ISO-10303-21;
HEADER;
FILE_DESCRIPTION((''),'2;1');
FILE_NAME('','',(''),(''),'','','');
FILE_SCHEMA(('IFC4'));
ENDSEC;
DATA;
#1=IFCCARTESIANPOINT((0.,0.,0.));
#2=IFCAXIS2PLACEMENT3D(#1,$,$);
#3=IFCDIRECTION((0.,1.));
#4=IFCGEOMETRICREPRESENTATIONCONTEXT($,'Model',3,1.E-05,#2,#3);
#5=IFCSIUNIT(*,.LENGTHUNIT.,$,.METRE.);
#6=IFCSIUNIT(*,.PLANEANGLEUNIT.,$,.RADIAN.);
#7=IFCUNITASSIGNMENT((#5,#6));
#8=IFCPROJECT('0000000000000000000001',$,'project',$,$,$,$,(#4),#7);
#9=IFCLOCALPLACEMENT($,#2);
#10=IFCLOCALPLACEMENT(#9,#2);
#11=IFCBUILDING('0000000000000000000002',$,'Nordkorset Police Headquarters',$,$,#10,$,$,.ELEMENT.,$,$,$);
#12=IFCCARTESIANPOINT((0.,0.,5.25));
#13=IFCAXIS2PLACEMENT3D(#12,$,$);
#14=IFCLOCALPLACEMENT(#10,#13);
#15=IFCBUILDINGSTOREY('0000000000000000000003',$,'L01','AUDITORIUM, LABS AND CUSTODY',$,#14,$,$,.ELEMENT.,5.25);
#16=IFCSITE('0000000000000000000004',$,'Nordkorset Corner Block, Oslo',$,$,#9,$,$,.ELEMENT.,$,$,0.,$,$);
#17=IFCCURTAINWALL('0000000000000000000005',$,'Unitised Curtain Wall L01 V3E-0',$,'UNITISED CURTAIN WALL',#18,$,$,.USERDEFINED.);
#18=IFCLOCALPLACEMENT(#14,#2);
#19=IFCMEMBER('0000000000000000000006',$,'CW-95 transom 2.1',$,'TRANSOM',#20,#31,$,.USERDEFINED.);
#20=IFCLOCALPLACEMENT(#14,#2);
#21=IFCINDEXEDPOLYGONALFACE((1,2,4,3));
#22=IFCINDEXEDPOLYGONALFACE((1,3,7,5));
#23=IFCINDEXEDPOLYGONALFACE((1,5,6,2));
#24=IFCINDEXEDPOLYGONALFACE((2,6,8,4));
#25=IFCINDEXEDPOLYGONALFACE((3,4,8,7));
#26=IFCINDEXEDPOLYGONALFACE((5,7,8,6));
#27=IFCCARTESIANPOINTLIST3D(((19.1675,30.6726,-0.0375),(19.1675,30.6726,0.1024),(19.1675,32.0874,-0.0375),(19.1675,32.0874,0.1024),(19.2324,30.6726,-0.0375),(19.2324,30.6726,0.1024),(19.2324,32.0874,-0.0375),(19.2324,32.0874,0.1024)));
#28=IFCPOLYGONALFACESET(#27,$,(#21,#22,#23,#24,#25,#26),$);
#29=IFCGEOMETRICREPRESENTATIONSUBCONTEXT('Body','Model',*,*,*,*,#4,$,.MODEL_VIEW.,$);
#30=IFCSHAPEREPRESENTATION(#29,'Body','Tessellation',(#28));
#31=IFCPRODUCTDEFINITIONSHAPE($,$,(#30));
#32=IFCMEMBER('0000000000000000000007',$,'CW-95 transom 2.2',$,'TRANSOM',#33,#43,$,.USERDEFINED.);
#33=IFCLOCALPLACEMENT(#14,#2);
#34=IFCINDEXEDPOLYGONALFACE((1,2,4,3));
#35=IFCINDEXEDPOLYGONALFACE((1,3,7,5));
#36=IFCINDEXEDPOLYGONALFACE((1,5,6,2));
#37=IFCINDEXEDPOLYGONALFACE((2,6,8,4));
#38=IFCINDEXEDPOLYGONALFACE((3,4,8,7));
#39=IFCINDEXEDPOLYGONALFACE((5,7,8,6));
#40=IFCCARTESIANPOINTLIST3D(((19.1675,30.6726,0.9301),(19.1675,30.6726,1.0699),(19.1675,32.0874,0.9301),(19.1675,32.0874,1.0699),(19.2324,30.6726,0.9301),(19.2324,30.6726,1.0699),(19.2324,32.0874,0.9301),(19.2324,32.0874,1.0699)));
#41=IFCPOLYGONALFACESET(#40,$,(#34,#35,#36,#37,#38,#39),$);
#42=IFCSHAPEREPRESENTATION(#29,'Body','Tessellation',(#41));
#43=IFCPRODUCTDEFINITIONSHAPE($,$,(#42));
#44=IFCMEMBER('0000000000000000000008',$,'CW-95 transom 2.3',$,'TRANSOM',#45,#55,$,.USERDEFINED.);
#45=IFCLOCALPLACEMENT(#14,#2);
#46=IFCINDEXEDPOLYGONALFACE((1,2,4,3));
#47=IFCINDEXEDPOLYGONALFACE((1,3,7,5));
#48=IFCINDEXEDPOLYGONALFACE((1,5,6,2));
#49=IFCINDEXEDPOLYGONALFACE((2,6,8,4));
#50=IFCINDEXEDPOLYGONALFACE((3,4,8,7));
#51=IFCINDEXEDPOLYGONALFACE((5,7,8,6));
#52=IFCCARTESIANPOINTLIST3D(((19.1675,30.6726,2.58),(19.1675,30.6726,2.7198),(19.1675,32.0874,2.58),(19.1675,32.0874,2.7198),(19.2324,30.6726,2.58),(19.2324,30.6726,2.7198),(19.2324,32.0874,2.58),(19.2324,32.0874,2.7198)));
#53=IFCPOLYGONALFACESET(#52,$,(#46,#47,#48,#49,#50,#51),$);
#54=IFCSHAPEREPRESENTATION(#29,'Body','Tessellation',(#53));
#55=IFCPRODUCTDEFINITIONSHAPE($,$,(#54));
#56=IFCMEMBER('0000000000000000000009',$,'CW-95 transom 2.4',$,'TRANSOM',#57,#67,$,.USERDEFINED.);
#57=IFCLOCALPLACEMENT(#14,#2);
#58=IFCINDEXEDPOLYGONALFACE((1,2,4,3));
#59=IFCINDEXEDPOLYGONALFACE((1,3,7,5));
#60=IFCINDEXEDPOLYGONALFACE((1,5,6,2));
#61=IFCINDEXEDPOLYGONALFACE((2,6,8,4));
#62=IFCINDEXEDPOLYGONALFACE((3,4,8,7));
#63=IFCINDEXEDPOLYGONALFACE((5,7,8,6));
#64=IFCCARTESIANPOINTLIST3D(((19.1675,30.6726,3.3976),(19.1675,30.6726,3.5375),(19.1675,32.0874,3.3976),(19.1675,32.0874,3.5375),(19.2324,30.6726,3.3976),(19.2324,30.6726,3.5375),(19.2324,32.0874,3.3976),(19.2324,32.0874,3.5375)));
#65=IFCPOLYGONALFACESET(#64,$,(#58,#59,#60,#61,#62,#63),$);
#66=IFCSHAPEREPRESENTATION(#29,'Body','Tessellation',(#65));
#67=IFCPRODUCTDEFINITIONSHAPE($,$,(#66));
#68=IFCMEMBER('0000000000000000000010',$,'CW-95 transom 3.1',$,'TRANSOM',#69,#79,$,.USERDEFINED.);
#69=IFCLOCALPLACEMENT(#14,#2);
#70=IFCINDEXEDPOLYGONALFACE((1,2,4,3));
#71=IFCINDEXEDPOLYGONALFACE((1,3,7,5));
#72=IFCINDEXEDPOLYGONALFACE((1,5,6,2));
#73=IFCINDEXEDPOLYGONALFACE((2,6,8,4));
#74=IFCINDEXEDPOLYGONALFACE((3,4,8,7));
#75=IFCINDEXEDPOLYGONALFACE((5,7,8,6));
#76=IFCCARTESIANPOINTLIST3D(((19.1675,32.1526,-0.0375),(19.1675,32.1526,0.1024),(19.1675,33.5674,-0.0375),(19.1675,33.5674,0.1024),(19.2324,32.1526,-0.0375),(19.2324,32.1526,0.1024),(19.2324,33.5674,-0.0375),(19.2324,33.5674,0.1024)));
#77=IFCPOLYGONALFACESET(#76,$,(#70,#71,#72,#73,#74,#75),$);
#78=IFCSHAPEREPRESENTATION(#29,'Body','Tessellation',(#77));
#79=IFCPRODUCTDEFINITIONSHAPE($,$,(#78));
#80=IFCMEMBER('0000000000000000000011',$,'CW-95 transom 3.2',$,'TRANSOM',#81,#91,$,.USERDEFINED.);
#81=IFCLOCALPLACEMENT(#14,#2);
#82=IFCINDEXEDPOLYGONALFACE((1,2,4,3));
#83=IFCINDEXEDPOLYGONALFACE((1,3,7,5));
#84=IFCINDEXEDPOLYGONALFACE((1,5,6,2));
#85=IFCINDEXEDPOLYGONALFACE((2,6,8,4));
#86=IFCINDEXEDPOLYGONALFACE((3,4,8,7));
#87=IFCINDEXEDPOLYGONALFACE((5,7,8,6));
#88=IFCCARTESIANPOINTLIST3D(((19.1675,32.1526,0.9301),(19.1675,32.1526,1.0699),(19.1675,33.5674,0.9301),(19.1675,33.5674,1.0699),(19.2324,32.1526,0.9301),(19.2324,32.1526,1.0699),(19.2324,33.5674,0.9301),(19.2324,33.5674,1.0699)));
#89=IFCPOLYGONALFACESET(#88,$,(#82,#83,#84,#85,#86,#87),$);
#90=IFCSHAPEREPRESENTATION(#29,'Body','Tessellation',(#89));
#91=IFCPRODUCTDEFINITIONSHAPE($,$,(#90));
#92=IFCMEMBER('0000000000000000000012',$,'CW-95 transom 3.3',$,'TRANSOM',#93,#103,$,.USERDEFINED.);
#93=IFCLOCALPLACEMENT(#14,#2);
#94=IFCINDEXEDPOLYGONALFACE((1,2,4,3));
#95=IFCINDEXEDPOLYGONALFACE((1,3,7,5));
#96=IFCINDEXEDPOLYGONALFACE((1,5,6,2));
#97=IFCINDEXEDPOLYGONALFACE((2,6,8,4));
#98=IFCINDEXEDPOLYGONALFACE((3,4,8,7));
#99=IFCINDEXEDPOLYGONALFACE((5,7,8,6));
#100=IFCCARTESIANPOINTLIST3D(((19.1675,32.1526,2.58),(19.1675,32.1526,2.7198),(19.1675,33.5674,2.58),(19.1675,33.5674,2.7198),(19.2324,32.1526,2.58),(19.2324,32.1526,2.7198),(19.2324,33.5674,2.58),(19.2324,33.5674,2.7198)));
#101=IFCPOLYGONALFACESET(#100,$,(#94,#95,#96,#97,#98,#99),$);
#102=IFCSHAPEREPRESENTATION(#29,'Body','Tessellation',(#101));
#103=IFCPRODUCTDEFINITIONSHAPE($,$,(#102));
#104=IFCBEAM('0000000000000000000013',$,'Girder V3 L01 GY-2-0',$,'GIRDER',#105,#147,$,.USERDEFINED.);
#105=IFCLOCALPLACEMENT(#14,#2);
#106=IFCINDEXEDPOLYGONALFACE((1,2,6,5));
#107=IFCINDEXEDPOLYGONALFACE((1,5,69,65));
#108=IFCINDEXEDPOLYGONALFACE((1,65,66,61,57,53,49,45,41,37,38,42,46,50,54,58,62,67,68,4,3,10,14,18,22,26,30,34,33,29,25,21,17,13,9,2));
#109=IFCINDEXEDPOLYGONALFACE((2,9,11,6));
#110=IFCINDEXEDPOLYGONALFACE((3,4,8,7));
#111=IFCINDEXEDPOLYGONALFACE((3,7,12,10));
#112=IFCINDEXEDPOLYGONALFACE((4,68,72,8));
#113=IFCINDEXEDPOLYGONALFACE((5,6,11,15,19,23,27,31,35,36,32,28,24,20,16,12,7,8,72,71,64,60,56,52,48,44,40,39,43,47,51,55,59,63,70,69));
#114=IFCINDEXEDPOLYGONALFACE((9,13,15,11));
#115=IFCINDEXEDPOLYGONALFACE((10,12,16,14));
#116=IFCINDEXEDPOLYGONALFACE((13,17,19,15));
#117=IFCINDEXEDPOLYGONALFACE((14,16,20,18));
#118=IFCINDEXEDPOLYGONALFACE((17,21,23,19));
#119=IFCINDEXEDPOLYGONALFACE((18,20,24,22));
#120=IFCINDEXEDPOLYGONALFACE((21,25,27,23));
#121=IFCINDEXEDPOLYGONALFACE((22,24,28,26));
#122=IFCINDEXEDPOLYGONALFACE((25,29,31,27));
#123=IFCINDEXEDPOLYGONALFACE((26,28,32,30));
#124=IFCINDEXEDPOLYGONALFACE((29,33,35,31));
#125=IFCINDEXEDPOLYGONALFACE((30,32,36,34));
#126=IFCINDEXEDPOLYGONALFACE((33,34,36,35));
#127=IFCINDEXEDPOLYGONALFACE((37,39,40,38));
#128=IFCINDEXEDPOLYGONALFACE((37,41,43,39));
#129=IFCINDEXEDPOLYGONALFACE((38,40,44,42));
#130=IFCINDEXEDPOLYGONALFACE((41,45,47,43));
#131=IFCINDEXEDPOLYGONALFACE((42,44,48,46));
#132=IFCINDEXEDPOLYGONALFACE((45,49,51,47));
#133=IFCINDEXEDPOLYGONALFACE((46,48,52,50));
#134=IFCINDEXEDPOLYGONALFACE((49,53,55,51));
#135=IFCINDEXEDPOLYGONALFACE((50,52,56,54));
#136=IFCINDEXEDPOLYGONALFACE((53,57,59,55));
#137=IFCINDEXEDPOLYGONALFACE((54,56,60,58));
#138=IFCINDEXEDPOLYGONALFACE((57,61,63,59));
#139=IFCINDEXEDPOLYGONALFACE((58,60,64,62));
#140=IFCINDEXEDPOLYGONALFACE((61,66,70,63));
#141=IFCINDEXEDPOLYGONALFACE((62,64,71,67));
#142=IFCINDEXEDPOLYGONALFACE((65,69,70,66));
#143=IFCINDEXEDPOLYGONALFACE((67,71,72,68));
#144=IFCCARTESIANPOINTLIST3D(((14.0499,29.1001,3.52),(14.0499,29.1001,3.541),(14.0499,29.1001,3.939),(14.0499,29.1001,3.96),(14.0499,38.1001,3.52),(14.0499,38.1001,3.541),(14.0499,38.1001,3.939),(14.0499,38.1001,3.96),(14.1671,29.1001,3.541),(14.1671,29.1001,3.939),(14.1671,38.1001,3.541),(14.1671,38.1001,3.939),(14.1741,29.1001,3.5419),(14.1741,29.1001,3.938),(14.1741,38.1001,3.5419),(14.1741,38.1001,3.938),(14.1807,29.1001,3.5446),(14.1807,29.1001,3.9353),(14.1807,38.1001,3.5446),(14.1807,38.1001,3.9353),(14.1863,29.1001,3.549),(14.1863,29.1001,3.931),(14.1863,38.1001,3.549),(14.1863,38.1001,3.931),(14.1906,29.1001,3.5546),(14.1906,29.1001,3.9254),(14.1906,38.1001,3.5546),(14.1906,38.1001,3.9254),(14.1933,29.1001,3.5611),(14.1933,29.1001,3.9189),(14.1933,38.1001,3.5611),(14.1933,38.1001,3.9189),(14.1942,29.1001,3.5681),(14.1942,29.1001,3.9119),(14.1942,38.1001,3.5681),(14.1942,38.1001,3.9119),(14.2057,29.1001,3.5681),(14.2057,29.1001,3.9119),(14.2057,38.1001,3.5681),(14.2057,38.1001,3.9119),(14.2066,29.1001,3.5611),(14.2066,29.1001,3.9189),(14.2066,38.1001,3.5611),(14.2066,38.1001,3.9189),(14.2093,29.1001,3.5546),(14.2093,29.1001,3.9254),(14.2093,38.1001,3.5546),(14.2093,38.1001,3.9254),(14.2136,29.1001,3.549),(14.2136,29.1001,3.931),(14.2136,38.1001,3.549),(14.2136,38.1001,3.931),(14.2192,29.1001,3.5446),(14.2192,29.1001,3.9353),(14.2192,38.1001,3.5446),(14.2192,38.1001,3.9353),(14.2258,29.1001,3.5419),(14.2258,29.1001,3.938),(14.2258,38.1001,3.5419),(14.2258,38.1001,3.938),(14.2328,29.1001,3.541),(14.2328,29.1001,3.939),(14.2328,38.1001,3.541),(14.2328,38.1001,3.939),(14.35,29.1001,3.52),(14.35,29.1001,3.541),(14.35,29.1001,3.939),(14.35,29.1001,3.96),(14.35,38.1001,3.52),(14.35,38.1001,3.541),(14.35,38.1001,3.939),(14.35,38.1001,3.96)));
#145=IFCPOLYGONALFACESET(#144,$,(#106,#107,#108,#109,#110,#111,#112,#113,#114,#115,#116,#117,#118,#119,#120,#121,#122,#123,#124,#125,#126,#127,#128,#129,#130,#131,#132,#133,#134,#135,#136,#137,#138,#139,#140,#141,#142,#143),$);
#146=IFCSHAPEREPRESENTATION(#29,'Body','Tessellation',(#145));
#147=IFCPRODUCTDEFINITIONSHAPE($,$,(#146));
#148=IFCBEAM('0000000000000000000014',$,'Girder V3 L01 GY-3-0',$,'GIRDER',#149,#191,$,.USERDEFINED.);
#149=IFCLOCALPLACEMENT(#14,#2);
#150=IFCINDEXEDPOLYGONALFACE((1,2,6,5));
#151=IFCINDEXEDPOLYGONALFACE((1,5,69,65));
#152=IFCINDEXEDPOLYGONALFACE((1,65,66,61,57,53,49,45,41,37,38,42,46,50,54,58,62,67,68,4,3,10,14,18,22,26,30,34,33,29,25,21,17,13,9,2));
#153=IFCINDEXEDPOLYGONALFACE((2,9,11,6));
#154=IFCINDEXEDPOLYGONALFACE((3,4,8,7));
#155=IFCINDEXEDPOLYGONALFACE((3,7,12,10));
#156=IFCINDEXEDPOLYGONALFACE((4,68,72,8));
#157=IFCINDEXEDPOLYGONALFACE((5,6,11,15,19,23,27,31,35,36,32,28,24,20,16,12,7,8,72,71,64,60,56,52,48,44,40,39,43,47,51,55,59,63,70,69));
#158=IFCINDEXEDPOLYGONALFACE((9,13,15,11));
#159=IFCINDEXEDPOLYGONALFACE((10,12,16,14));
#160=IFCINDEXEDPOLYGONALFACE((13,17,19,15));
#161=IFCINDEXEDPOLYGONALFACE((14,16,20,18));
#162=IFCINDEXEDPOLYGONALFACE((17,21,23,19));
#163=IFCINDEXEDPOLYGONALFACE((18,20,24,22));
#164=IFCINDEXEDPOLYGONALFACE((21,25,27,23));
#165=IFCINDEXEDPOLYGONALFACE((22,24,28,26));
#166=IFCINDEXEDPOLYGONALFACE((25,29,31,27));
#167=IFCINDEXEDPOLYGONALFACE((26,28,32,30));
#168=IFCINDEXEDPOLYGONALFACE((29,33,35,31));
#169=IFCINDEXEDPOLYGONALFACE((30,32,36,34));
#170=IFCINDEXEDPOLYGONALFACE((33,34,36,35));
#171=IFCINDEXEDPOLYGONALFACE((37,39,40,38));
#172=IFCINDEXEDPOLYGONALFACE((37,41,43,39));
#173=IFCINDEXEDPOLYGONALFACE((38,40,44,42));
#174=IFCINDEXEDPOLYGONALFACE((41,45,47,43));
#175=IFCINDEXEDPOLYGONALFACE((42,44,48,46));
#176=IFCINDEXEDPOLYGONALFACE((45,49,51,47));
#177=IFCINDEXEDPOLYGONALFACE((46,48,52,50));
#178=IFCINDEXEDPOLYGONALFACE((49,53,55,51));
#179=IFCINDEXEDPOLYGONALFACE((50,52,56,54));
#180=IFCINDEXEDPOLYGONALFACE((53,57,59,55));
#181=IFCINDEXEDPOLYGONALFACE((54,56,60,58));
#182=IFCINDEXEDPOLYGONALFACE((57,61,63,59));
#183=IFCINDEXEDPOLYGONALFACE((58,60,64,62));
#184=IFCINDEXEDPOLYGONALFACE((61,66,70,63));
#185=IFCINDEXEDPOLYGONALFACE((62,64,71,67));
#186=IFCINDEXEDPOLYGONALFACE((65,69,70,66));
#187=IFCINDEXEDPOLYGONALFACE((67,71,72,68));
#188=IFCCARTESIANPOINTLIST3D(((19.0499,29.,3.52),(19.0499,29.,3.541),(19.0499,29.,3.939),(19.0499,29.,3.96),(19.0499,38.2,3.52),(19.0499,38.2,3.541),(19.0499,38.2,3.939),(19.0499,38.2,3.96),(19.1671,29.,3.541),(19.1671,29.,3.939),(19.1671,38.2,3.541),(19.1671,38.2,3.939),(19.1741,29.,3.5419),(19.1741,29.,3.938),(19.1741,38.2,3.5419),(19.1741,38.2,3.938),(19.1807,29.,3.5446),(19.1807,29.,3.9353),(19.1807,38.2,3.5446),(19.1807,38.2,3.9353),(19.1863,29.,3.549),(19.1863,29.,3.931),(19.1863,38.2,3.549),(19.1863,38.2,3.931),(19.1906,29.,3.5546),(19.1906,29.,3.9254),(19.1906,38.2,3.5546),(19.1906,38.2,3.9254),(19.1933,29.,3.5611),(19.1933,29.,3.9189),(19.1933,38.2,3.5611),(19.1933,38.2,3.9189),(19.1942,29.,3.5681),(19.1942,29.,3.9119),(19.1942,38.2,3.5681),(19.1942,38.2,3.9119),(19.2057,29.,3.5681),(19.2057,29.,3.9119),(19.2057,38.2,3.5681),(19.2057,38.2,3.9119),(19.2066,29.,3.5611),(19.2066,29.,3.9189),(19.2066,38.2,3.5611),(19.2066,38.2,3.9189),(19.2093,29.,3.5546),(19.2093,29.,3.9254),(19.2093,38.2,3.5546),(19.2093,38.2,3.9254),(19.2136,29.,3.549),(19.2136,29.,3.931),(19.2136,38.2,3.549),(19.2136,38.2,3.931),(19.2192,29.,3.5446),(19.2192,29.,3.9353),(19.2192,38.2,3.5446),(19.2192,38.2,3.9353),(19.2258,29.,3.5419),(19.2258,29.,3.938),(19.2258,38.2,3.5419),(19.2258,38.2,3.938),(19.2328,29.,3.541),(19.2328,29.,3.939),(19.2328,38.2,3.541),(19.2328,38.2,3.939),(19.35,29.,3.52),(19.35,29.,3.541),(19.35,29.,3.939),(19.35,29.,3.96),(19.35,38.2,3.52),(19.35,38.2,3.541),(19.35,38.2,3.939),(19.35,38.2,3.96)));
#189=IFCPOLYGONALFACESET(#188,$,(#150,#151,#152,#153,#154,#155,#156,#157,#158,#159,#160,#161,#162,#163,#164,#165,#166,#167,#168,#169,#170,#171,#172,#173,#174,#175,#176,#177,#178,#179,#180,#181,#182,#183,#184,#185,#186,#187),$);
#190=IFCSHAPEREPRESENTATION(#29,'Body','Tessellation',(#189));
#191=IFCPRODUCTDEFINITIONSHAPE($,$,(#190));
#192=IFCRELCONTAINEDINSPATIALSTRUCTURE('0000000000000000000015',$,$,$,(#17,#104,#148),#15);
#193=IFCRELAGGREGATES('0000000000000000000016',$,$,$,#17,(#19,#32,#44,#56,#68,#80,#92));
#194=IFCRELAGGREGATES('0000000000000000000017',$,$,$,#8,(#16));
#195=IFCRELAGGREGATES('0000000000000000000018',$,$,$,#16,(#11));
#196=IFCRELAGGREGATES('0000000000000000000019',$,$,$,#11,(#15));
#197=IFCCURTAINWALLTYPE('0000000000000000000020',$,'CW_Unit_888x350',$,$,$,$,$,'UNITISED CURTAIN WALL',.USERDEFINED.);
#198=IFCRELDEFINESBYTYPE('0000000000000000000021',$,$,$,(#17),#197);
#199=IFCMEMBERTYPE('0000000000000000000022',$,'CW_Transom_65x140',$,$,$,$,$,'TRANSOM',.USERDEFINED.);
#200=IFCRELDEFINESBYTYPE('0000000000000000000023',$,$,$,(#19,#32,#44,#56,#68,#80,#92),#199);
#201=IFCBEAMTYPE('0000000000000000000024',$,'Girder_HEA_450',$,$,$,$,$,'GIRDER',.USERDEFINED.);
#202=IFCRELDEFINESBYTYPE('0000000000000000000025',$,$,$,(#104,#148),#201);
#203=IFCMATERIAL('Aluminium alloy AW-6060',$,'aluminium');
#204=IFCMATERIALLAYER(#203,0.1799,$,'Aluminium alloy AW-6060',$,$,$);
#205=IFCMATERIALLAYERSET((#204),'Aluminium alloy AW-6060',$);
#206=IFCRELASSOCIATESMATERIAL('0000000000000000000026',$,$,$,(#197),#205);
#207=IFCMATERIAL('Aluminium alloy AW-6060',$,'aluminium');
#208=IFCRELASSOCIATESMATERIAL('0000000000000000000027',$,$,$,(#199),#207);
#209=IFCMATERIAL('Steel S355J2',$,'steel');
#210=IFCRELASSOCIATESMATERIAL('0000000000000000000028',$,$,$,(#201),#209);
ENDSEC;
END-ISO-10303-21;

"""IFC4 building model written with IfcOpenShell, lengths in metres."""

from ifc_helpers import new_model, si_unit, direction, frame, origin, origin_2d, place, context, subcontext, project, spatial, rectangle, i_section, extrude, material, layer, layer_set, material_profile, profile_set, type_object, element, aggregate, save


model = new_model("IFC4")

# Units and contexts
model_context = context("Model", 3, precision=1e-05, world=origin(), true_north=direction((0.0, 1.0)))
body_context = subcontext(model_context, "Body", "Model", "MODEL_VIEW")
ifc_project = project(units=[si_unit("LENGTHUNIT", "METRE"), si_unit("PLANEANGLEUNIT", "RADIAN")], contexts=[model_context])

# Site, building, storey
site_placement = place(None, origin())
site = spatial("IfcSite", under=ifc_project, at=site_placement, Name="Nordkorset Corner Block, Oslo", CompositionType="ELEMENT", RefElevation=0.0)
building_placement = place(site_placement, origin())
building = spatial("IfcBuilding", under=site, at=building_placement, Name="Nordkorset Police Headquarters", CompositionType="ELEMENT")
storey_placement = place(building_placement, frame((0.0, 0.0, 5.25)))
storey = spatial("IfcBuildingStorey", under=building, at=storey_placement, Name="L01", Description="AUDITORIUM, LABS AND CUSTODY", CompositionType="ELEMENT", Elevation=5.25)

# Curtain wall, members
ifc_material_1 = material(Name="Aluminium alloy AW-6060", Category="aluminium")
ifc_layer_1 = layer(ifc_material_1, 0.1799, Name="Aluminium alloy AW-6060")
ifc_layer_set_1 = layer_set([ifc_layer_1], Name="Aluminium alloy AW-6060")
curtain_wall_type = type_object("IfcCurtainWallType", Name="CW_Unit_888x350", ElementType="UNITISED CURTAIN WALL", PredefinedType="USERDEFINED", material=ifc_layer_set_1)
curtain_wall_placement = place(storey_placement, origin())
curtain_wall = element("IfcCurtainWall", 1, at=curtain_wall_placement, inside=storey, type_object=curtain_wall_type, Name="Unitised Curtain Wall L01 V3E-0", ObjectType="UNITISED CURTAIN WALL", PredefinedType="USERDEFINED")
ifc_material_2 = material(Name="Aluminium alloy AW-6060", Category="aluminium")
ifc_material_profile_1 = material_profile(ifc_material_2, rectangle(XDim=0.0649, YDim=0.1399, at=origin_2d()), Name="ALU TRAN 65x140")
ifc_profile_set_1 = profile_set([ifc_material_profile_1], Name="Aluminium alloy AW-6060")
member_type_1 = type_object("IfcMemberType", Name="CW_Transom_65x140", ElementType="TRANSOM", PredefinedType="USERDEFINED", material=ifc_profile_set_1)
member_1_placement = place(storey_placement, frame((19.2, 30.6726, 0.0325), z_axis=(0.0, 1.0, 0.0), x_axis=(-1.0, 0.0, 0.0)))
member_1 = element("IfcMember", 2, at=member_1_placement, type_object=member_type_1, Name="CW-95 transom 2.1", ObjectType="TRANSOM", PredefinedType="USERDEFINED", context=body_context, shape_type="SweptSolid", body=[
    extrude(rectangle(XDim=0.0649, YDim=0.1399, at=origin_2d()), origin(), (0.0, 0.0, 1.0), 1.4148),
])
member_2_placement = place(storey_placement, frame((19.2, 30.6726, 1.0), z_axis=(0.0, 1.0, 0.0), x_axis=(-1.0, 0.0, 0.0)))
member_2 = element("IfcMember", 3, at=member_2_placement, type_object=member_type_1, Name="CW-95 transom 2.2", ObjectType="TRANSOM", PredefinedType="USERDEFINED", context=body_context, shape_type="SweptSolid", body=[
    extrude(rectangle(XDim=0.0649, YDim=0.1399, at=origin_2d()), origin(), (0.0, 0.0, 1.0), 1.4148),
])
member_3_placement = place(storey_placement, frame((19.2, 30.6726, 2.6499), z_axis=(0.0, 1.0, 0.0), x_axis=(-1.0, 0.0, 0.0)))
member_3 = element("IfcMember", 4, at=member_3_placement, type_object=member_type_1, Name="CW-95 transom 2.3", ObjectType="TRANSOM", PredefinedType="USERDEFINED", context=body_context, shape_type="SweptSolid", body=[
    extrude(rectangle(XDim=0.0649, YDim=0.1399, at=origin_2d()), origin(), (0.0, 0.0, 1.0), 1.4148),
])
member_4_placement = place(storey_placement, frame((19.2, 30.6726, 3.4675), z_axis=(0.0, 1.0, 0.0), x_axis=(-1.0, 0.0, 0.0)))
member_4 = element("IfcMember", 5, at=member_4_placement, type_object=member_type_1, Name="CW-95 transom 2.4", ObjectType="TRANSOM", PredefinedType="USERDEFINED", context=body_context, shape_type="SweptSolid", body=[
    extrude(rectangle(XDim=0.0649, YDim=0.1399, at=origin_2d()), origin(), (0.0, 0.0, 1.0), 1.4148),
])
member_5_placement = place(storey_placement, frame((19.2, 32.1526, 0.0325), z_axis=(0.0, 1.0, 0.0), x_axis=(-1.0, 0.0, 0.0)))
member_5 = element("IfcMember", 6, at=member_5_placement, type_object=member_type_1, Name="CW-95 transom 3.1", ObjectType="TRANSOM", PredefinedType="USERDEFINED", context=body_context, shape_type="SweptSolid", body=[
    extrude(rectangle(XDim=0.0649, YDim=0.1399, at=origin_2d()), origin(), (0.0, 0.0, 1.0), 1.4148),
])
member_6_placement = place(storey_placement, frame((19.2, 32.1526, 1.0), z_axis=(0.0, 1.0, 0.0), x_axis=(-1.0, 0.0, 0.0)))
member_6 = element("IfcMember", 7, at=member_6_placement, type_object=member_type_1, Name="CW-95 transom 3.2", ObjectType="TRANSOM", PredefinedType="USERDEFINED", context=body_context, shape_type="SweptSolid", body=[
    extrude(rectangle(XDim=0.0649, YDim=0.1399, at=origin_2d()), origin(), (0.0, 0.0, 1.0), 1.4148),
])
member_7_placement = place(storey_placement, frame((19.2, 32.1526, 2.6499), z_axis=(0.0, 1.0, 0.0), x_axis=(-1.0, 0.0, 0.0)))
member_7 = element("IfcMember", 8, at=member_7_placement, type_object=member_type_1, Name="CW-95 transom 3.3", ObjectType="TRANSOM", PredefinedType="USERDEFINED", context=body_context, shape_type="SweptSolid", body=[
    extrude(rectangle(XDim=0.0649, YDim=0.1399, at=origin_2d()), origin(), (0.0, 0.0, 1.0), 1.4148),
])

# Beams
ifc_material_3 = material(Name="Steel S355J2", Category="steel")
ifc_material_profile_2 = material_profile(ifc_material_3, i_section(OverallWidth=0.3, OverallDepth=0.4399, WebThickness=0.0115, FlangeThickness=0.021, FilletRadius=0.0271, at=origin_2d()), Name="HEA 450")
ifc_profile_set_2 = profile_set([ifc_material_profile_2], Name="Steel S355J2")
beam_type_1 = type_object("IfcBeamType", Name="Girder_HEA_450", ElementType="GIRDER", PredefinedType="USERDEFINED", material=ifc_profile_set_2)
beam_1_placement = place(storey_placement, frame((14.2, 29.1001, 3.74), z_axis=(0.0, 1.0, 0.0), x_axis=(-1.0, 0.0, 0.0)))
element("IfcBeam", 9, at=beam_1_placement, inside=storey, type_object=beam_type_1, Name="Girder V3 L01 GY-2-0", ObjectType="GIRDER", PredefinedType="USERDEFINED", context=body_context, shape_type="SweptSolid", body=[
    extrude(i_section(OverallWidth=0.3, OverallDepth=0.4399, WebThickness=0.0115, FlangeThickness=0.021, FilletRadius=0.0271, at=origin_2d()), origin(), (0.0, 0.0, 1.0), 9.0),
])
beam_2_placement = place(storey_placement, frame((19.2, 29.0, 3.74), z_axis=(0.0, 1.0, 0.0), x_axis=(-1.0, 0.0, 0.0)))
element("IfcBeam", 10, at=beam_2_placement, inside=storey, type_object=beam_type_1, Name="Girder V3 L01 GY-3-0", ObjectType="GIRDER", PredefinedType="USERDEFINED", context=body_context, shape_type="SweptSolid", body=[
    extrude(i_section(OverallWidth=0.3, OverallDepth=0.4399, WebThickness=0.0115, FlangeThickness=0.021, FilletRadius=0.0271, at=origin_2d()), origin(), (0.0, 0.0, 1.0), 9.2),
])

aggregate(curtain_wall, [member_1, member_2, member_3, member_4, member_5, member_6, member_7])

save(model, "model.ifc")
